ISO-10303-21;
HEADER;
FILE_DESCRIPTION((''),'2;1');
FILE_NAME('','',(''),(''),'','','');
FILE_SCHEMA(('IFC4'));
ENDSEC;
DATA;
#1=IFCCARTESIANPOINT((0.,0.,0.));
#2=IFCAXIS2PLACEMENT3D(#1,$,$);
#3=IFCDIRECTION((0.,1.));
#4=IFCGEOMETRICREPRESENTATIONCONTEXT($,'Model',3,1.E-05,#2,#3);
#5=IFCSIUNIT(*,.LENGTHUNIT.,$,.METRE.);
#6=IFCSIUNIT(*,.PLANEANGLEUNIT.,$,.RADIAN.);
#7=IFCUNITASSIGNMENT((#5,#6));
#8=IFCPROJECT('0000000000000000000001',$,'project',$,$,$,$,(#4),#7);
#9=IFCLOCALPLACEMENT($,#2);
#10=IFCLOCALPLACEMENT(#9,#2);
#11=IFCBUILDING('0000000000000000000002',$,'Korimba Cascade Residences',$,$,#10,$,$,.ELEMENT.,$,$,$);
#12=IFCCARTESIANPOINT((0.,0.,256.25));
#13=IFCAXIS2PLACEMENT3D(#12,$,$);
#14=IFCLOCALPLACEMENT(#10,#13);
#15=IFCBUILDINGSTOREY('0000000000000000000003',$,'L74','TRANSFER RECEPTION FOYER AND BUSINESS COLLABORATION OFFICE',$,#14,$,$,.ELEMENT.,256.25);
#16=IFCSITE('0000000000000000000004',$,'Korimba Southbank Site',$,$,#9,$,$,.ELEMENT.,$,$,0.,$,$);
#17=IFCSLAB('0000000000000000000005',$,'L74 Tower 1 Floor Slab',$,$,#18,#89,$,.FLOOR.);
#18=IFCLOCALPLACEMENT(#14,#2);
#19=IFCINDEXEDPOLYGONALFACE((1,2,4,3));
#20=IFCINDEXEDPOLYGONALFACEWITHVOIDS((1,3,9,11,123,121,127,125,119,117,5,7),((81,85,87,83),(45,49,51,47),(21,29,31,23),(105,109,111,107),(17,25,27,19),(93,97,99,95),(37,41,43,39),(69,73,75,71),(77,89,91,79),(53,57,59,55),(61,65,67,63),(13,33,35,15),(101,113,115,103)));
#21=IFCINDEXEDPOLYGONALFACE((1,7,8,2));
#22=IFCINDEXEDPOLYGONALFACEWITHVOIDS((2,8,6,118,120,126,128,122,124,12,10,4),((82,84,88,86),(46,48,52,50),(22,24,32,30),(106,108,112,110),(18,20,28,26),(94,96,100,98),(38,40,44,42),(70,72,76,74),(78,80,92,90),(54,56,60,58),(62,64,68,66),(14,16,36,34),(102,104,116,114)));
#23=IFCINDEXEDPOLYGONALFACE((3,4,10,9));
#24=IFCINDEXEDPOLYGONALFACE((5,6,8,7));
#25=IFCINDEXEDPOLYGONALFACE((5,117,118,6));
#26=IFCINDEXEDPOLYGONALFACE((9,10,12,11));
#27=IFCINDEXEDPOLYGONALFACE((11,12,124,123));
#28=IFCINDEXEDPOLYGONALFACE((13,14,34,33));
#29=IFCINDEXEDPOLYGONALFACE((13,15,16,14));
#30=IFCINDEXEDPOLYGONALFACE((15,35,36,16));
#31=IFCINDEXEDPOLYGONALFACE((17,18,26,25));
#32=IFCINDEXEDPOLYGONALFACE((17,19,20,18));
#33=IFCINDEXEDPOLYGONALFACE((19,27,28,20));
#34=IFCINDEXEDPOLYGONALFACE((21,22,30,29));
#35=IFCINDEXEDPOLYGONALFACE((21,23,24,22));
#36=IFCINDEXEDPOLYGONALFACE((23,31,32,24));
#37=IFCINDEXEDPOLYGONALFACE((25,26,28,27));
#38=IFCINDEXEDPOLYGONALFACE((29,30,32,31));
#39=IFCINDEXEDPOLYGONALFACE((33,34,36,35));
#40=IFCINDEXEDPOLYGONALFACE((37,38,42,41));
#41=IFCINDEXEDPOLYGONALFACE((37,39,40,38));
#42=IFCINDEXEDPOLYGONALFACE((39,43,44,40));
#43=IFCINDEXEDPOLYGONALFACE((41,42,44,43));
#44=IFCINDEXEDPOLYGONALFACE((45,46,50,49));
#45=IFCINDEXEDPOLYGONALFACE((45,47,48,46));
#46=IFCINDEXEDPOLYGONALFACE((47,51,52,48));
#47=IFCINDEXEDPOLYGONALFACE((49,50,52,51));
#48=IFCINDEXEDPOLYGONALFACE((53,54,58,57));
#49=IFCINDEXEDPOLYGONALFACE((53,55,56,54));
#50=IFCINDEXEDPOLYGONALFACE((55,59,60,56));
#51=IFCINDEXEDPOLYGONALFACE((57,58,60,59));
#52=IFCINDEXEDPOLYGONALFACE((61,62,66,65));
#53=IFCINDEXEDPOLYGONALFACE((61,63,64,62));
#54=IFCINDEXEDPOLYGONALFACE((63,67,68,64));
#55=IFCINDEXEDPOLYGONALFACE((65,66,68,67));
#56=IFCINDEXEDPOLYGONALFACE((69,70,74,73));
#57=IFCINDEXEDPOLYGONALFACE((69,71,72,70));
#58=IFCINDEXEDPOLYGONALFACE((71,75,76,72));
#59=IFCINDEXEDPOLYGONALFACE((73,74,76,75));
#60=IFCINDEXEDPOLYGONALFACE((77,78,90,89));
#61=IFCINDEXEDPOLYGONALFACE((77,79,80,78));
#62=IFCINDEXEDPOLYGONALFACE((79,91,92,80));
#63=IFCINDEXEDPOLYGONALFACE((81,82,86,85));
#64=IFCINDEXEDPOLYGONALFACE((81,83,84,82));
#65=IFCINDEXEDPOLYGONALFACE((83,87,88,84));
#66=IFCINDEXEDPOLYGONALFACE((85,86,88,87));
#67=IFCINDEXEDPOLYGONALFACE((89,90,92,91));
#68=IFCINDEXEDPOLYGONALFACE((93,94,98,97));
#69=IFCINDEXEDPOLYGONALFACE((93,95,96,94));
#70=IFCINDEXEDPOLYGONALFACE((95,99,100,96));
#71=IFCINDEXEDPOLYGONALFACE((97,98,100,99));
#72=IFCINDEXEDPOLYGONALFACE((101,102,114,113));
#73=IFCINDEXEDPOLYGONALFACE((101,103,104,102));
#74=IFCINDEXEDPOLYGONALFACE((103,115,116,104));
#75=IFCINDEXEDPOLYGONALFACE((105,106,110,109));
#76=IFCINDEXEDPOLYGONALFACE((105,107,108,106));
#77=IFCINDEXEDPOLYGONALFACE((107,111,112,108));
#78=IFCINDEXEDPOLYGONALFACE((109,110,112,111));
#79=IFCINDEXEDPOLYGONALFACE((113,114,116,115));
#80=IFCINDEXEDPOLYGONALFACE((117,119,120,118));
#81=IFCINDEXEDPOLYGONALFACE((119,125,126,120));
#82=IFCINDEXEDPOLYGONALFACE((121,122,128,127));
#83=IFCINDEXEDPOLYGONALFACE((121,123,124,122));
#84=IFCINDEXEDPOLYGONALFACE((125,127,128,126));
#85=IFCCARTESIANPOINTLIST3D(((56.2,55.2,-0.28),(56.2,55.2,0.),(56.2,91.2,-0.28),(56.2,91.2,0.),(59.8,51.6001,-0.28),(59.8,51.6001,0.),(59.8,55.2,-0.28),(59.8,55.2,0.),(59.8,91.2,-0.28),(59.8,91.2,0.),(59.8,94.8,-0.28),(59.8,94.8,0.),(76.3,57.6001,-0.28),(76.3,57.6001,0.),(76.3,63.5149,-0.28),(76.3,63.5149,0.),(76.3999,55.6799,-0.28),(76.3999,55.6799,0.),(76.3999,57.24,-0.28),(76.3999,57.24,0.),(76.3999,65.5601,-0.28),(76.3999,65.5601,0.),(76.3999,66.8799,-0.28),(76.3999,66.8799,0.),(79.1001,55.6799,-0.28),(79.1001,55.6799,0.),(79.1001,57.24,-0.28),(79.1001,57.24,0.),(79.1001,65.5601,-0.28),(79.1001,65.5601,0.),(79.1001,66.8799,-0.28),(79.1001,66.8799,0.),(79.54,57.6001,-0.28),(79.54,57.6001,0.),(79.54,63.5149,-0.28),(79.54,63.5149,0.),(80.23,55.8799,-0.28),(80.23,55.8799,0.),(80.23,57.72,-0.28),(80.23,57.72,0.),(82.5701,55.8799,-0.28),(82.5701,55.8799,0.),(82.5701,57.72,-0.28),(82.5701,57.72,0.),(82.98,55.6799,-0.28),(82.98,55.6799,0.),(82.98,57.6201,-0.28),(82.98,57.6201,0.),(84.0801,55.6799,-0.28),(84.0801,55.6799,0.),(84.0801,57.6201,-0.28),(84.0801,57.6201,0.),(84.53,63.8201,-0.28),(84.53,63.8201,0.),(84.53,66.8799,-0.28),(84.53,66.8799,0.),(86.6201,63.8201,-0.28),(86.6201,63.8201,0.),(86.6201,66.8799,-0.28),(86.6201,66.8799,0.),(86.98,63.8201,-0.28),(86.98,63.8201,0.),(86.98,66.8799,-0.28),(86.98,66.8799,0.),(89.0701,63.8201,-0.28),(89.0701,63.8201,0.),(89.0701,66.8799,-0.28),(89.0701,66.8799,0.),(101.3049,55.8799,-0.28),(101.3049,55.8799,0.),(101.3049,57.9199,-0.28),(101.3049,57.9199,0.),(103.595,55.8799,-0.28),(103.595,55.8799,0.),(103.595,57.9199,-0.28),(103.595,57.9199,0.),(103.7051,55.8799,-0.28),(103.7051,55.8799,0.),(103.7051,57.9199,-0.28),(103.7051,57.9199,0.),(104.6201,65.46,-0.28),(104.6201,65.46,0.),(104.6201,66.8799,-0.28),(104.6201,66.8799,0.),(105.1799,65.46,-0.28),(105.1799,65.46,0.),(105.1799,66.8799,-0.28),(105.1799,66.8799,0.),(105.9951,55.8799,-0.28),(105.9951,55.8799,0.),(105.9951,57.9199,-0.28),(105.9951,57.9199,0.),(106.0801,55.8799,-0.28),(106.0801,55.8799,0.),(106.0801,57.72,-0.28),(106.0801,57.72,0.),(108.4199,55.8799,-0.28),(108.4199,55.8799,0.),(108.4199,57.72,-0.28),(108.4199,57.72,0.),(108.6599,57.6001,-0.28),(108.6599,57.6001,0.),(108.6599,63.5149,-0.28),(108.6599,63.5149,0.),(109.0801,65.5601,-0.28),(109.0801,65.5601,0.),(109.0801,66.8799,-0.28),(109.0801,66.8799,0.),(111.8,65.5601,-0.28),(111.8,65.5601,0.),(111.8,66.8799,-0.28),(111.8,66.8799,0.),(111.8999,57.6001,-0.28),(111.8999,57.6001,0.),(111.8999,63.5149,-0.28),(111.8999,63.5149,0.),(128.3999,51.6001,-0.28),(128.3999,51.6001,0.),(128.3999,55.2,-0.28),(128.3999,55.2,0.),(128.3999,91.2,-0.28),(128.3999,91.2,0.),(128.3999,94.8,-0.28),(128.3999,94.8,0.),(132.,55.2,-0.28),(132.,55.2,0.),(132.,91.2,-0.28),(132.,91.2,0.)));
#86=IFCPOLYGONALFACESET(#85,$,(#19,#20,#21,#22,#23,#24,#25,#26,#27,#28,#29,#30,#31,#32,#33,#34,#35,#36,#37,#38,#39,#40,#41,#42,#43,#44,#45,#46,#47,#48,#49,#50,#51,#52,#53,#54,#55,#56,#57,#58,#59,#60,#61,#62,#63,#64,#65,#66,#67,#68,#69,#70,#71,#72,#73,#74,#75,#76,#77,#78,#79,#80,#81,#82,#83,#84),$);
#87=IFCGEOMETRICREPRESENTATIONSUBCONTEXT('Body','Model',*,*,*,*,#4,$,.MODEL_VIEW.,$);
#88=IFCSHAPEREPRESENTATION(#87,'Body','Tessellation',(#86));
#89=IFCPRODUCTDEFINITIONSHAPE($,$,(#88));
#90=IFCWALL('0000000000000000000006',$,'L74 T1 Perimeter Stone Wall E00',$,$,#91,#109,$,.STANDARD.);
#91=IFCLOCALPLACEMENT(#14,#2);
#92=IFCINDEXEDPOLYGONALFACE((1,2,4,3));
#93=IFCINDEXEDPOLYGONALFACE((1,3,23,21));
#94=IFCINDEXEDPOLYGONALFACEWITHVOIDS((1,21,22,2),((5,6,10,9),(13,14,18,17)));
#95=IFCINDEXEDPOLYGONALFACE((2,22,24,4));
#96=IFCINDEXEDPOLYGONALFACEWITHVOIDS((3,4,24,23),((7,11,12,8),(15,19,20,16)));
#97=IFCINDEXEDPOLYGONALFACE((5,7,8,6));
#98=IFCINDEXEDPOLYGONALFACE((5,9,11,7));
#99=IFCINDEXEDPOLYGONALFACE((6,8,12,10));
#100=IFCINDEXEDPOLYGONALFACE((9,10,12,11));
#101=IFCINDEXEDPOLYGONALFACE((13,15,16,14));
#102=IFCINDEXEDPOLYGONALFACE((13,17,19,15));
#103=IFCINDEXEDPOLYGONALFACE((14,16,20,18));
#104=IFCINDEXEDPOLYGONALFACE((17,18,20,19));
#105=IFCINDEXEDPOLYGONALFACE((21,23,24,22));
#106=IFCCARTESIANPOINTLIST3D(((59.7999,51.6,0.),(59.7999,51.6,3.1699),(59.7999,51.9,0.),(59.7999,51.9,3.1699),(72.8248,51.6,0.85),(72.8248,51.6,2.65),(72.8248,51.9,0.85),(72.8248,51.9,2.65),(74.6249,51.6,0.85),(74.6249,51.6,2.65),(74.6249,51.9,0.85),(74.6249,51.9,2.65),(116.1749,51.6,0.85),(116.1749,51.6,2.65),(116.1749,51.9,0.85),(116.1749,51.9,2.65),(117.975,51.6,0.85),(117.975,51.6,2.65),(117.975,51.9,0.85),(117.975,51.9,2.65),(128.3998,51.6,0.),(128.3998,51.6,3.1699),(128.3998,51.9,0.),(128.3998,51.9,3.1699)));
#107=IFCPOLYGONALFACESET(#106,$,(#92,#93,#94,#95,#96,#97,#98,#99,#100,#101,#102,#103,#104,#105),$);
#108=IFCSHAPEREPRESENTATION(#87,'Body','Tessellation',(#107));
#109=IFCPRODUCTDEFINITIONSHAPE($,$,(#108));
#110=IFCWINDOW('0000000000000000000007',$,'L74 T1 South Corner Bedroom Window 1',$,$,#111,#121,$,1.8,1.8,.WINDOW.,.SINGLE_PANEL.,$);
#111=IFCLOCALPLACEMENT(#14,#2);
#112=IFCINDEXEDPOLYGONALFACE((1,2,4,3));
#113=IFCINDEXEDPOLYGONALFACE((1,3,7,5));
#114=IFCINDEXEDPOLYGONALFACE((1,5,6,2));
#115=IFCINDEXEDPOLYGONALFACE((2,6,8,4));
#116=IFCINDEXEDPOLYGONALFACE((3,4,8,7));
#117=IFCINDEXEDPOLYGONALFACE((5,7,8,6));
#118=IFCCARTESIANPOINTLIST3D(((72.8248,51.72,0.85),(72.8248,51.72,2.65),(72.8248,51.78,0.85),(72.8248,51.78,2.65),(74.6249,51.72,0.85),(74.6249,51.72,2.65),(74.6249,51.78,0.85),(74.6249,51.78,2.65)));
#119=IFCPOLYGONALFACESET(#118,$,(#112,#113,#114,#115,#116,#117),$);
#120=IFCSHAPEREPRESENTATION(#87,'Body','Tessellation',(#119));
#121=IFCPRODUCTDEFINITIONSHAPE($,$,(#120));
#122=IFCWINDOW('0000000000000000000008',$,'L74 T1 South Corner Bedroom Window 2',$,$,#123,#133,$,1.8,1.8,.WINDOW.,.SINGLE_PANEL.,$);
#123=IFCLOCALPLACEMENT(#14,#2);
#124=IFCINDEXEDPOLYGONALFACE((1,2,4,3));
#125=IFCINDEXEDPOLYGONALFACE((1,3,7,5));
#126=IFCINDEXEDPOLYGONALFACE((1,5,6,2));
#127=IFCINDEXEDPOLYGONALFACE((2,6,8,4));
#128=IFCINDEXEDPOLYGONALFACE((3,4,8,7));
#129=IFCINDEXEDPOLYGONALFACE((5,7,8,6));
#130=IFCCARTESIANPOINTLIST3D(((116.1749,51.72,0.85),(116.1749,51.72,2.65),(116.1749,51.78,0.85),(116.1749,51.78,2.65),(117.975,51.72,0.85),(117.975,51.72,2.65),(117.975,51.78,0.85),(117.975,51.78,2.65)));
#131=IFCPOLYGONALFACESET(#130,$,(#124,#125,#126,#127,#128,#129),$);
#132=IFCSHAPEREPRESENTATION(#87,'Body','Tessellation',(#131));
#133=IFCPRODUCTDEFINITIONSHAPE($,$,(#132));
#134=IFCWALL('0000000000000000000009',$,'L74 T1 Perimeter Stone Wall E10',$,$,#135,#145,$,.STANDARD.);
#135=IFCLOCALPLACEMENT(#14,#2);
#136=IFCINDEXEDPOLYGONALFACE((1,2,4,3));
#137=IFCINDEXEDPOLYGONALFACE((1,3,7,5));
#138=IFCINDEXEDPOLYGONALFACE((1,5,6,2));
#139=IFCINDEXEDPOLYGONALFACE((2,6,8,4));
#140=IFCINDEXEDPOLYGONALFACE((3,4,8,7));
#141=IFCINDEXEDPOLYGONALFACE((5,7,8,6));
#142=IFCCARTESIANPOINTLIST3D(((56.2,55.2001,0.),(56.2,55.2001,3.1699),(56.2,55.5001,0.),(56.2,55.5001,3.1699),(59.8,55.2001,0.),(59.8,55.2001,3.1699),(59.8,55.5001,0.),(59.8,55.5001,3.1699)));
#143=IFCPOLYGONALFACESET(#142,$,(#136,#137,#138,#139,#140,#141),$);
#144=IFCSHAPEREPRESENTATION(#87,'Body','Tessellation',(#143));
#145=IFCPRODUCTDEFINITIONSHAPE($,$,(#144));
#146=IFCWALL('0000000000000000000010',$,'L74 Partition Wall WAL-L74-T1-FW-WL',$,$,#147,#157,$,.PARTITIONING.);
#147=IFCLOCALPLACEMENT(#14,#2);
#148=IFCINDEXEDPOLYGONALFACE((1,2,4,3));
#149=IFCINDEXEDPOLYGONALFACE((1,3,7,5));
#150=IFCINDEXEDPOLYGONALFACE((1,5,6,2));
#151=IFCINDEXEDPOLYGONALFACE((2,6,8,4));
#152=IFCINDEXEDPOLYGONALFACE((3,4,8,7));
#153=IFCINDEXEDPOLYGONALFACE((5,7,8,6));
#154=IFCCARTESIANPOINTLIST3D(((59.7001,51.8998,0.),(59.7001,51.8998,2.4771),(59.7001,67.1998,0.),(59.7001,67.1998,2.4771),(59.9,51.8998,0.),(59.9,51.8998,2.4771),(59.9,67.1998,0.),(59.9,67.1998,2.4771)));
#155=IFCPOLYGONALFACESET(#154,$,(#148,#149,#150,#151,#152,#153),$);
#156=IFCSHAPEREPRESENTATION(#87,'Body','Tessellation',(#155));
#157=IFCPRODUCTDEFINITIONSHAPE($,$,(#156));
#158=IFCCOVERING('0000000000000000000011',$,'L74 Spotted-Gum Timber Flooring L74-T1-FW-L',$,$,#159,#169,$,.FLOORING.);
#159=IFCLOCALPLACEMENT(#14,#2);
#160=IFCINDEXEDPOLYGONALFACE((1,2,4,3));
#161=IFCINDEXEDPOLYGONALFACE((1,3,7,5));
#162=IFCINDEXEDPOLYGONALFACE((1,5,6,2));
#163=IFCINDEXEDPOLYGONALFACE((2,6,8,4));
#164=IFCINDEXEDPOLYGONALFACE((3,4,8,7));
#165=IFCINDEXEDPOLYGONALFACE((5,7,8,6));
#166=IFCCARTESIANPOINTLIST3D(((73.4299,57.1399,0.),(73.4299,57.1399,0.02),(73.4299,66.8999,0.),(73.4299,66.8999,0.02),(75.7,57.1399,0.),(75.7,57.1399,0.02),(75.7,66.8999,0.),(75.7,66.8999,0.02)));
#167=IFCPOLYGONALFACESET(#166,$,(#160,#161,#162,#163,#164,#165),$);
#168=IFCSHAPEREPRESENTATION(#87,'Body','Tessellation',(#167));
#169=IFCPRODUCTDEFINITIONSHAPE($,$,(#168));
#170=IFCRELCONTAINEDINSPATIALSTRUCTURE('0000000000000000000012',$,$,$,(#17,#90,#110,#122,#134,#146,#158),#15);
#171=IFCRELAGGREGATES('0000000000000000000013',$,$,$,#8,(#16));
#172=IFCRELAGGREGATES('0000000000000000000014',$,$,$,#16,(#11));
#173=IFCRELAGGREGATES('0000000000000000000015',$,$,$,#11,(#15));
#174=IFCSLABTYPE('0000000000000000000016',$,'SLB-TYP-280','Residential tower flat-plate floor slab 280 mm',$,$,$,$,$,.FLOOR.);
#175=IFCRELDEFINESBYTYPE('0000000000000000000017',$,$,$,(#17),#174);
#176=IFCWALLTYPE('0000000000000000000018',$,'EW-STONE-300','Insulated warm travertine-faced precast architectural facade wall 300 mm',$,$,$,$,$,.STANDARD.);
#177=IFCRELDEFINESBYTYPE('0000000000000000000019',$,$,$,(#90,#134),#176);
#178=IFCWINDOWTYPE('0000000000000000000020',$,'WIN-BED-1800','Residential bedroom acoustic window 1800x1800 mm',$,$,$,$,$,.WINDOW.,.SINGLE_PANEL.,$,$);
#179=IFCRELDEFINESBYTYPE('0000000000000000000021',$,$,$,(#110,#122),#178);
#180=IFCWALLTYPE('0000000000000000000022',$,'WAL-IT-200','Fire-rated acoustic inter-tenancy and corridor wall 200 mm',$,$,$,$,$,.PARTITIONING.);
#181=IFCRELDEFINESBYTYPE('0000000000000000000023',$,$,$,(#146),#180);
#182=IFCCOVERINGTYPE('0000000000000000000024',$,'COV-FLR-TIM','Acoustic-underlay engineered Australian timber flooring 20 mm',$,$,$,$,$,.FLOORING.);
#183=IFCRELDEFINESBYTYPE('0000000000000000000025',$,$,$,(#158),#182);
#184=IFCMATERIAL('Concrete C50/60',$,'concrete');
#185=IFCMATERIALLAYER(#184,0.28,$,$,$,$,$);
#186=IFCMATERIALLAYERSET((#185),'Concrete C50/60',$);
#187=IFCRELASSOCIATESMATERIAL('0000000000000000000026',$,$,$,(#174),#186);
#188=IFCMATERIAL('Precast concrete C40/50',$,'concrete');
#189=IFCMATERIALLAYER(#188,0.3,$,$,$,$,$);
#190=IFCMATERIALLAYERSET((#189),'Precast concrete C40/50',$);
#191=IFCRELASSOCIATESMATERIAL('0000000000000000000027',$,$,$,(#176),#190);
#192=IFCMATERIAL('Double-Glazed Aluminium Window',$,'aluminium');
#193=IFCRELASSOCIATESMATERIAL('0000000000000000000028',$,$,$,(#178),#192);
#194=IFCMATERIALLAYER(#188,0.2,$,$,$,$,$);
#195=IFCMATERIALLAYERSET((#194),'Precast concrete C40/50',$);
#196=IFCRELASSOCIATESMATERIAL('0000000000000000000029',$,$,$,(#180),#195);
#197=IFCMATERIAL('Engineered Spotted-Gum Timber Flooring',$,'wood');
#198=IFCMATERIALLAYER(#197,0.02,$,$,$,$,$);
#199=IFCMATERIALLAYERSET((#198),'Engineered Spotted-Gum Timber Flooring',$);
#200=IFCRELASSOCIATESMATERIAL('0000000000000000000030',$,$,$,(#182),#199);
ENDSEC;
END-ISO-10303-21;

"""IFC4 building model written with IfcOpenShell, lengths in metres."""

from ifc_helpers import new_model, si_unit, direction, frame, frame_2d, origin, place, context, subcontext, project, spatial, polyline, rectangle, outline, extrude, material, layer, layer_set, type_object, element, fill, save


model = new_model("IFC4")

# Units and contexts
model_context = context("Model", 3, precision=1e-05, world=origin(), true_north=direction((0.0, 1.0)))
body_context = subcontext(model_context, "Body", "Model", "MODEL_VIEW")
ifc_project = project(units=[si_unit("LENGTHUNIT", "METRE"), si_unit("PLANEANGLEUNIT", "RADIAN")], contexts=[model_context])

# Site, building, storey
site_placement = place(None, origin())
site = spatial("IfcSite", under=ifc_project, at=site_placement, Name="Korimba Southbank Site", CompositionType="ELEMENT", RefElevation=0.0)
building_placement = place(site_placement, origin())
building = spatial("IfcBuilding", under=site, at=building_placement, Name="Korimba Cascade Residences", CompositionType="ELEMENT")
storey_placement = place(building_placement, frame((0.0, 0.0, 256.25)))
storey = spatial("IfcBuildingStorey", under=building, at=storey_placement, Name="L74", Description="TRANSFER RECEPTION FOYER AND BUSINESS COLLABORATION OFFICE", CompositionType="ELEMENT", Elevation=256.25)

# Shared definitions
ifc_material_1 = material(Name="Concrete C50/60", Category="concrete")

# Slab
ifc_material_2 = material(Name="Precast concrete C40/50", Category="concrete")
ifc_layer_1 = layer(ifc_material_1, 0.28)
ifc_layer_set_1 = layer_set([ifc_layer_1], Name="Concrete C50/60")
slab_type_1 = type_object("IfcSlabType", Name="SLB-TYP-280", Description="Residential tower flat-plate floor slab 280 mm", PredefinedType="FLOOR", material=ifc_layer_set_1)
slab_1_placement = place(storey_placement, frame((0.0, 0.0, -0.28)))
element("IfcSlab", 1, at=slab_1_placement, inside=storey, type_object=slab_type_1, Name="L74 Tower 1 Floor Slab", PredefinedType="FLOOR", context=body_context, shape_type="SweptSolid", body=[
    extrude(outline(polyline([(59.8, 51.6001), (128.3999, 51.6001), (128.3999, 55.2), (132.0, 55.2), (132.0, 91.2), (128.3999, 91.2), (128.3999, 94.8), (59.8, 94.8), (59.8, 91.2), (56.2, 91.2), (56.2, 55.2), (59.8, 55.2), (59.8, 51.6001)]), holes=[polyline([(76.3, 63.5149), (76.3, 57.6001), (79.54, 57.6001), (79.54, 63.5149), (76.3, 63.5149)]), polyline([(108.6599, 63.5149), (108.6599, 57.6001), (111.8999, 57.6001), (111.8999, 63.5149), (108.6599, 63.5149)]), polyline([(80.23, 55.8799), (82.5701, 55.8799), (82.5701, 57.72), (80.23, 57.72), (80.23, 55.8799)]), polyline([(106.0801, 55.8799), (108.4199, 55.8799), (108.4199, 57.72), (106.0801, 57.72), (106.0801, 55.8799)]), polyline([(101.3049, 55.8799), (103.595, 55.8799), (103.595, 57.9199), (101.3049, 57.9199), (101.3049, 55.8799)]), polyline([(103.7051, 55.8799), (105.9951, 55.8799), (105.9951, 57.9199), (103.7051, 57.9199), (103.7051, 55.8799)]), polyline([(82.98, 55.6799), (84.0801, 55.6799), (84.0801, 57.6201), (82.98, 57.6201), (82.98, 55.6799)]), polyline([(76.3999, 65.5601), (79.1001, 65.5601), (79.1001, 66.8799), (76.3999, 66.8799), (76.3999, 65.5601)]), polyline([(76.3999, 55.6799), (79.1001, 55.6799), (79.1001, 57.24), (76.3999, 57.24), (76.3999, 55.6799)]), polyline([(84.53, 63.8201), (86.6201, 63.8201), (86.6201, 66.8799), (84.53, 66.8799), (84.53, 63.8201)]), polyline([(86.98, 63.8201), (89.0701, 63.8201), (89.0701, 66.8799), (86.98, 66.8799), (86.98, 63.8201)]), polyline([(104.6201, 65.46), (105.1799, 65.46), (105.1799, 66.8799), (104.6201, 66.8799), (104.6201, 65.46)]), polyline([(109.0801, 65.5601), (111.8, 65.5601), (111.8, 66.8799), (109.0801, 66.8799), (109.0801, 65.5601)])]), origin(), (0.0, 0.0, 1.0), 0.28),
])

# Wall, openings, windows
ifc_layer_2 = layer(ifc_material_2, 0.3)
ifc_layer_set_2 = layer_set([ifc_layer_2], Name="Precast concrete C40/50")
wall_type_1 = type_object("IfcWallType", Name="EW-STONE-300", Description="Insulated warm travertine-faced precast architectural facade wall 300 mm", PredefinedType="STANDARD", material=ifc_layer_set_2)
wall_1_placement = place(storey_placement, frame((59.8, 51.75, 0.0), z_axis=(0.0, 0.0, 1.0), x_axis=(1.0, 0.0, 0.0)))
wall_1 = element("IfcWall", 2, at=wall_1_placement, inside=storey, type_object=wall_type_1, Name="L74 T1 Perimeter Stone Wall E00", PredefinedType="STANDARD", context=body_context, shape_type="SweptSolid", body=[
    extrude(rectangle(XDim=68.5999, YDim=0.3, at=frame_2d((34.2998, 0.0))), origin(), (0.0, 0.0, 1.0), 3.1699),
])
opening_1_placement = place(wall_1_placement, frame((13.0249, 0.0, 0.8501)))
opening_1 = element("IfcOpeningElement", 3, at=opening_1_placement, cuts=wall_1, PredefinedType="OPENING", context=body_context, shape_type="SweptSolid", body=[
    extrude(rectangle(XDim=1.8, YDim=1.8, at=frame_2d((0.8999, 0.8999))), frame((0.0, 0.1602, 0.0), z_axis=(0.0, -1.0, 0.0), x_axis=(1.0, 0.0, 0.0)), (0.0, 0.0, 1.0), 0.3201),
])
opening_2_placement = place(wall_1_placement, frame((56.375, 0.0, 0.8501)))
opening_2 = element("IfcOpeningElement", 4, at=opening_2_placement, cuts=wall_1, PredefinedType="OPENING", context=body_context, shape_type="SweptSolid", body=[
    extrude(rectangle(XDim=1.8, YDim=1.8, at=frame_2d((0.8999, 0.8999))), frame((0.0, 0.1602, 0.0), z_axis=(0.0, -1.0, 0.0), x_axis=(1.0, 0.0, 0.0)), (0.0, 0.0, 1.0), 0.3201),
])
ifc_material_3 = material(Name="Double-Glazed Aluminium Window", Category="aluminium")
window_type = type_object("IfcWindowType", Name="WIN-BED-1800", Description="Residential bedroom acoustic window 1800x1800 mm", PartitioningType="SINGLE_PANEL", PredefinedType="WINDOW", material=ifc_material_3)
window_1_placement = place(opening_1_placement, origin())
window_1 = element("IfcWindow", 5, at=window_1_placement, inside=storey, type_object=window_type, Name="L74 T1 South Corner Bedroom Window 1", OverallHeight=1.8, OverallWidth=1.8, PartitioningType="SINGLE_PANEL", PredefinedType="WINDOW", context=body_context, shape_type="SweptSolid", body=[
    extrude(rectangle(XDim=1.8, YDim=1.8, at=frame_2d((0.8999, 0.8999))), frame((0.0, 0.03, 0.0), z_axis=(0.0, -1.0, 0.0), x_axis=(1.0, 0.0, 0.0)), (0.0, 0.0, 1.0), 0.0601),
])
fill(opening_1, window_1)
window_2_placement = place(opening_2_placement, origin())
window_2 = element("IfcWindow", 6, at=window_2_placement, inside=storey, type_object=window_type, Name="L74 T1 South Corner Bedroom Window 2", OverallHeight=1.8, OverallWidth=1.8, PartitioningType="SINGLE_PANEL", PredefinedType="WINDOW", context=body_context, shape_type="SweptSolid", body=[
    extrude(rectangle(XDim=1.8, YDim=1.8, at=frame_2d((0.8999, 0.8999))), frame((0.0, 0.03, 0.0), z_axis=(0.0, -1.0, 0.0), x_axis=(1.0, 0.0, 0.0)), (0.0, 0.0, 1.0), 0.0601),
])
fill(opening_2, window_2)

# Walls
wall_2_placement = place(storey_placement, frame((56.2, 55.3501, 0.0), z_axis=(0.0, 0.0, 1.0), x_axis=(1.0, 0.0, 0.0)))
element("IfcWall", 7, at=wall_2_placement, inside=storey, type_object=wall_type_1, Name="L74 T1 Perimeter Stone Wall E10", PredefinedType="STANDARD", context=body_context, shape_type="SweptSolid", body=[
    extrude(rectangle(XDim=3.6001, YDim=0.3, at=frame_2d((1.8, 0.0))), origin(), (0.0, 0.0, 1.0), 3.1699),
])
ifc_layer_3 = layer(ifc_material_2, 0.2)
ifc_layer_set_3 = layer_set([ifc_layer_3], Name="Precast concrete C40/50")
wall_type_2 = type_object("IfcWallType", Name="WAL-IT-200", Description="Fire-rated acoustic inter-tenancy and corridor wall 200 mm", PredefinedType="PARTITIONING", material=ifc_layer_set_3)
wall_3_placement = place(storey_placement, frame((59.8, 51.8999, 0.0), z_axis=(0.0, 0.0, 1.0), x_axis=(0.0, 1.0, 0.0)))
element("IfcWall", 8, at=wall_3_placement, inside=storey, type_object=wall_type_2, Name="L74 Partition Wall WAL-L74-T1-FW-WL", PredefinedType="PARTITIONING", context=body_context, shape_type="SweptSolid", body=[
    extrude(rectangle(XDim=15.3, YDim=0.2, at=frame_2d((7.6499, 0.0))), origin(), (0.0, 0.0, 1.0), 2.4771),
])

# Covering
ifc_material_4 = material(Name="Engineered Spotted-Gum Timber Flooring", Category="wood")
ifc_layer_4 = layer(ifc_material_4, 0.02)
ifc_layer_set_4 = layer_set([ifc_layer_4], Name="Engineered Spotted-Gum Timber Flooring")
covering_type = type_object("IfcCoveringType", Name="COV-FLR-TIM", Description="Acoustic-underlay engineered Australian timber flooring 20 mm", PredefinedType="FLOORING", material=ifc_layer_set_4)
covering_1_placement = place(storey_placement, origin())
element("IfcCovering", 9, at=covering_1_placement, inside=storey, type_object=covering_type, Name="L74 Spotted-Gum Timber Flooring L74-T1-FW-L", PredefinedType="FLOORING", context=body_context, shape_type="SweptSolid", body=[
    extrude(outline(polyline([(73.4299, 57.1399), (75.7, 57.1399), (75.7, 66.8999), (73.4299, 66.8999), (73.4299, 57.1399)])), origin(), (0.0, 0.0, 1.0), 0.02),
])

save(model, "model.ifc")
